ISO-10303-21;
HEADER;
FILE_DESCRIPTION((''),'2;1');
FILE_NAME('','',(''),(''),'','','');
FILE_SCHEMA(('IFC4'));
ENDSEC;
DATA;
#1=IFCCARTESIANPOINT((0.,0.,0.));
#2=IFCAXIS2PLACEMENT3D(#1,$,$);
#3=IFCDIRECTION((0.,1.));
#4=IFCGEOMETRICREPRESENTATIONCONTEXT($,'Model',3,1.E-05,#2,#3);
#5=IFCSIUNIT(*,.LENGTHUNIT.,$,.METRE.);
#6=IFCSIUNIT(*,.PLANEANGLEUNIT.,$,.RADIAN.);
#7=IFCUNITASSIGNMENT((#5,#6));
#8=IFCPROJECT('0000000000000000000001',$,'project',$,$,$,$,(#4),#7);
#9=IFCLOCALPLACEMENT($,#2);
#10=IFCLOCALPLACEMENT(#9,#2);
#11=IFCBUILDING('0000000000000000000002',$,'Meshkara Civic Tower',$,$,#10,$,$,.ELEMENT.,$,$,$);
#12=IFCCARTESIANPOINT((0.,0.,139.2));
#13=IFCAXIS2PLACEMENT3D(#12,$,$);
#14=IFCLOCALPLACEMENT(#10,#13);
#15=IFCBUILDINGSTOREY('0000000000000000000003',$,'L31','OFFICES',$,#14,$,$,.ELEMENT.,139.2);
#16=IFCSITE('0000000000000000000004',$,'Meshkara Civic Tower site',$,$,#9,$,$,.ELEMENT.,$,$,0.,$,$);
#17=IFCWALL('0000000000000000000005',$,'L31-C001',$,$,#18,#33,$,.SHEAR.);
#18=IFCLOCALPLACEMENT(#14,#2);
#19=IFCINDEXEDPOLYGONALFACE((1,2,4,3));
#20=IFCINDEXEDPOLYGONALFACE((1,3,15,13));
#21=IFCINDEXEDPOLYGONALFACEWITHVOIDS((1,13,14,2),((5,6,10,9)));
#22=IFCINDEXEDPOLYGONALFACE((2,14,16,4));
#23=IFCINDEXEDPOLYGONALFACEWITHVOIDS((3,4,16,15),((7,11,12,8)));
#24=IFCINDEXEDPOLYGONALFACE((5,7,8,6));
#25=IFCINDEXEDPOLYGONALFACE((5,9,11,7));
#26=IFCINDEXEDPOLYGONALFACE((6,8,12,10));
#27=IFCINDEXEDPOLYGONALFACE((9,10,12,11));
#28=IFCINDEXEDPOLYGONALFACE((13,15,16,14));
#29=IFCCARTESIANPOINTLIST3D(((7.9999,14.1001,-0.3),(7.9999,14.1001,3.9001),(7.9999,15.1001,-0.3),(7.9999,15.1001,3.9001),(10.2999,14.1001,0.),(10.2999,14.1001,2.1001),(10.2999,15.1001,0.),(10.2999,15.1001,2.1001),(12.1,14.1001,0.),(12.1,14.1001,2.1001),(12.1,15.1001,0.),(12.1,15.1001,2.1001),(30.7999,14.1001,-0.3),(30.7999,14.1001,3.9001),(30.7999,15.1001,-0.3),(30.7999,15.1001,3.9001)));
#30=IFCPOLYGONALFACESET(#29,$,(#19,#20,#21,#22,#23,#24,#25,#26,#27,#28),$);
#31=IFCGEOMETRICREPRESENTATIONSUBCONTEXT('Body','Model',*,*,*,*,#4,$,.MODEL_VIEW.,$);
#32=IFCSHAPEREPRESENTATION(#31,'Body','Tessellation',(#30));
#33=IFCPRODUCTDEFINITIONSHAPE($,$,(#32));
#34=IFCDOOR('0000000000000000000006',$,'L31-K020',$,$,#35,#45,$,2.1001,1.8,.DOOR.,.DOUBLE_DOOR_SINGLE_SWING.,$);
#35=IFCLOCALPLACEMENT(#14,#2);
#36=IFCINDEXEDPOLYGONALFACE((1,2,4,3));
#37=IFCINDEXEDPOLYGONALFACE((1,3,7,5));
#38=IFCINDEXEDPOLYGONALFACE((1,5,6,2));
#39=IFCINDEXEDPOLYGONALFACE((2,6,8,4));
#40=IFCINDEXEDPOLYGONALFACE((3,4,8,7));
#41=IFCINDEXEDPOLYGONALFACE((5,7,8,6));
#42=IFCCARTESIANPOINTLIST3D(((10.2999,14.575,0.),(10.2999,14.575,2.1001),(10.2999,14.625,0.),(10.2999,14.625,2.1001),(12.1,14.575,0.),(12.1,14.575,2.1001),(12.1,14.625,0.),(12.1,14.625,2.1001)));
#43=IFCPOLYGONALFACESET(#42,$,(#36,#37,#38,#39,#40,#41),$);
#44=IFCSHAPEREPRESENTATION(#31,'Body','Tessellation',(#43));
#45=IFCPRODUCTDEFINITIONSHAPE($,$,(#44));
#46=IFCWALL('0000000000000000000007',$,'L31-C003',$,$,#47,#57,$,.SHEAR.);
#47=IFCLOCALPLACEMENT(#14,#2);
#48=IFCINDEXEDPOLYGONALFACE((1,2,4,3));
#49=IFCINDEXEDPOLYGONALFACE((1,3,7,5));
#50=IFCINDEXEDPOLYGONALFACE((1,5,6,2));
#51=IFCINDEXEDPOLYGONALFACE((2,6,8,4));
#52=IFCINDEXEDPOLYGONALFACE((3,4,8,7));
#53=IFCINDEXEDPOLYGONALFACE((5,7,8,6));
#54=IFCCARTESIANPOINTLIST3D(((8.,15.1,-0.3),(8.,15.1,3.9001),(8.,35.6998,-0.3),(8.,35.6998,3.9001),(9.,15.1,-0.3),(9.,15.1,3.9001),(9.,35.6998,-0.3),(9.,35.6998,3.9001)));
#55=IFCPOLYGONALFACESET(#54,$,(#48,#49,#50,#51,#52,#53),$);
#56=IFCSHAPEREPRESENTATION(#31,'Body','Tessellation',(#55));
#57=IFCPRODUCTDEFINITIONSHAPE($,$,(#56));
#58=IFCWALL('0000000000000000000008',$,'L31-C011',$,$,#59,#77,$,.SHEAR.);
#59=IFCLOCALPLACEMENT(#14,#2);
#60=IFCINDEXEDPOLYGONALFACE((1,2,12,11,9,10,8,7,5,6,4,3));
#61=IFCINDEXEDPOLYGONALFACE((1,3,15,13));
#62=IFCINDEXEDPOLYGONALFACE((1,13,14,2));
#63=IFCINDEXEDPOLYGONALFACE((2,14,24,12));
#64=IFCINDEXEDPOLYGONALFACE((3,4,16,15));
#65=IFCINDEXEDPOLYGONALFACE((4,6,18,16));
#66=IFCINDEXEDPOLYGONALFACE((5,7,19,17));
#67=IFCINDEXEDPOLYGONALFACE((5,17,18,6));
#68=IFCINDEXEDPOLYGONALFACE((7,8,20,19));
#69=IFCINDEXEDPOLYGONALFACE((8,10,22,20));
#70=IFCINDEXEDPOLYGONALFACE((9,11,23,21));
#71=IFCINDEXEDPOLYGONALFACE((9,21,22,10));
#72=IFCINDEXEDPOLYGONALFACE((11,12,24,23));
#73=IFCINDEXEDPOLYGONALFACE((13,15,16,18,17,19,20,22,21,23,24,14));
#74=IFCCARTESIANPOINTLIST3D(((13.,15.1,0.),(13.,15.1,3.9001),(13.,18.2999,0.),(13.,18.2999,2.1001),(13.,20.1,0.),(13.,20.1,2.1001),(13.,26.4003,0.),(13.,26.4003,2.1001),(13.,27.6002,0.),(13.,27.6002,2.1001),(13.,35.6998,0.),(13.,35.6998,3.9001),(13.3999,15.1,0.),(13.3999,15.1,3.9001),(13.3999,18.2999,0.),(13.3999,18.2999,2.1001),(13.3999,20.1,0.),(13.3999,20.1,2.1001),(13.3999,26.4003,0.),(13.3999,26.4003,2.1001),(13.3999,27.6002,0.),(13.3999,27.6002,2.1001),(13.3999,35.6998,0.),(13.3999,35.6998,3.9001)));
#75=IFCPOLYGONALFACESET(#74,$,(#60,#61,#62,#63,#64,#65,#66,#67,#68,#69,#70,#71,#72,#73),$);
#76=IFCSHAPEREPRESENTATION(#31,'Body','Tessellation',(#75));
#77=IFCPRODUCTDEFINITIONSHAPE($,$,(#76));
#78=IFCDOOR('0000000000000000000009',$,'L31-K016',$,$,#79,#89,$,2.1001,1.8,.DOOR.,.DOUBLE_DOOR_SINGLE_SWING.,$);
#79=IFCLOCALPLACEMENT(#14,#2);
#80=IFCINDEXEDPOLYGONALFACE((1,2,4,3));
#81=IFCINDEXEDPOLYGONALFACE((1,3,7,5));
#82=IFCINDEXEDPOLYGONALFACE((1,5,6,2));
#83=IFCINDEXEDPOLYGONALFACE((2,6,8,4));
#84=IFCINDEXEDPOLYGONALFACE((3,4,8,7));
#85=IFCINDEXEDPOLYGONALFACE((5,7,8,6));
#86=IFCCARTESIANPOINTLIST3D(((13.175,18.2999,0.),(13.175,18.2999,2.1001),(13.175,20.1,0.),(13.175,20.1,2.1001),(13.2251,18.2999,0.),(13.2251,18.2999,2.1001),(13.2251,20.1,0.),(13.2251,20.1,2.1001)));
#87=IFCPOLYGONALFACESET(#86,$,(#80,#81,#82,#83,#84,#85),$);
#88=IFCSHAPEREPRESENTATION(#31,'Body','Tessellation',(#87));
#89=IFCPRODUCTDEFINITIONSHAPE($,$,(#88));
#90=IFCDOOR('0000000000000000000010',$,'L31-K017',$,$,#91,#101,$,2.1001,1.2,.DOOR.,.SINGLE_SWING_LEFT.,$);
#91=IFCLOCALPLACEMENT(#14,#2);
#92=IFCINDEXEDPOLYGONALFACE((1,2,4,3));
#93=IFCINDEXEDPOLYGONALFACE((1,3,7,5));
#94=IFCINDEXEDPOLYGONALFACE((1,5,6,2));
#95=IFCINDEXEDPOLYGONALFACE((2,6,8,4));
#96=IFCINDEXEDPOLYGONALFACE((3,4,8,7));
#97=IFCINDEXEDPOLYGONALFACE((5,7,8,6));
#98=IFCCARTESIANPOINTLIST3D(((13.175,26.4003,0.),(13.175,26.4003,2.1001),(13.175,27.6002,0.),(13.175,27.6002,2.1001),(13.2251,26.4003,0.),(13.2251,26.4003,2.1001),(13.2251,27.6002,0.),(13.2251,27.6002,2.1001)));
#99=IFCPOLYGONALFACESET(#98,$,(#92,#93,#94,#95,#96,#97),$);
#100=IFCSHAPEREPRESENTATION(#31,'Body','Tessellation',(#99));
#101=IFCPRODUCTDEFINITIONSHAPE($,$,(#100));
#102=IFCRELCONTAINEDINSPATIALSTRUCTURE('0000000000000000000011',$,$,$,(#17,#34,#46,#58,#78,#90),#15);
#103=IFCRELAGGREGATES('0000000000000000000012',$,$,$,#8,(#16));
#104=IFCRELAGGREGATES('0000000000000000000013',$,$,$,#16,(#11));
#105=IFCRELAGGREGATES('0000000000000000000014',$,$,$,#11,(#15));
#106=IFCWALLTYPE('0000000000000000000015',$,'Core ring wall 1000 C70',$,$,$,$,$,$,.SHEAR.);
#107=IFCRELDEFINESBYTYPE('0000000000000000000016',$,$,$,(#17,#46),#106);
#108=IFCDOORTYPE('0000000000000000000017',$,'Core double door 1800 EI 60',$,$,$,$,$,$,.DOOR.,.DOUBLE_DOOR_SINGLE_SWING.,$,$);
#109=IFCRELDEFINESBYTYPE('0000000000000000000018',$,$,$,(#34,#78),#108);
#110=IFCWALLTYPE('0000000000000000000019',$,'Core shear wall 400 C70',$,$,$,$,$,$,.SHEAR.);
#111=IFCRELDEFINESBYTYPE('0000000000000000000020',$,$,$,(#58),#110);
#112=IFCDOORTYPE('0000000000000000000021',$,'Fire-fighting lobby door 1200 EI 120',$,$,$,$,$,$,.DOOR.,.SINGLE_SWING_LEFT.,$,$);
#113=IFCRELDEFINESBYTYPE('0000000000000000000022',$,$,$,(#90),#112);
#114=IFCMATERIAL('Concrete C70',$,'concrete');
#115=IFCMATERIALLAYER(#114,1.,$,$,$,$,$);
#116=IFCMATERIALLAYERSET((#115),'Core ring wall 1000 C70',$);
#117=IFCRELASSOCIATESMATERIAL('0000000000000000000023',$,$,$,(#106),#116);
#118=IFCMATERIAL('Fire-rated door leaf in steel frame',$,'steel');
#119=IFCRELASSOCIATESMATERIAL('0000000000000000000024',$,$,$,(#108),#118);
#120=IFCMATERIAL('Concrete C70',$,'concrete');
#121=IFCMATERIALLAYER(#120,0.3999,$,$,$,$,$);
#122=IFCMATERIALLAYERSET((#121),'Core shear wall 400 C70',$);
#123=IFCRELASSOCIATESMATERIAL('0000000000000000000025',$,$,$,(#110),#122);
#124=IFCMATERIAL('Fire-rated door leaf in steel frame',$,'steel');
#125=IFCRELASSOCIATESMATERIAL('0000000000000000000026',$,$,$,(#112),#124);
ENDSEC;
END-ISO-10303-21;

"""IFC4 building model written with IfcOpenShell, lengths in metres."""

from ifc_helpers import new_model, si_unit, direction, frame, frame_2d, origin, place, context, subcontext, project, spatial, rectangle, extrude, material, layer, layer_set, type_object, element, fill, save


model = new_model("IFC4")

# Units and contexts
model_context = context("Model", 3, precision=1e-05, world=origin(), true_north=direction((0.0, 1.0)))
body_context = subcontext(model_context, "Body", "Model", "MODEL_VIEW")
ifc_project = project(units=[si_unit("LENGTHUNIT", "METRE"), si_unit("PLANEANGLEUNIT", "RADIAN")], contexts=[model_context])

# Site, building, storey
site_placement = place(None, origin())
site = spatial("IfcSite", under=ifc_project, at=site_placement, Name="Meshkara Civic Tower site", CompositionType="ELEMENT", RefElevation=0.0)
building_placement = place(site_placement, origin())
building = spatial("IfcBuilding", under=site, at=building_placement, Name="Meshkara Civic Tower", CompositionType="ELEMENT")
storey_placement = place(building_placement, frame((0.0, 0.0, 139.2)))
storey = spatial("IfcBuildingStorey", under=building, at=storey_placement, Name="L31", Description="OFFICES", CompositionType="ELEMENT", Elevation=139.2)

# Wall, opening, door
ifc_material_1 = material(Name="Concrete C70", Category="concrete")
ifc_layer_1 = layer(ifc_material_1, 1.0)
ifc_layer_set_1 = layer_set([ifc_layer_1], Name="Core ring wall 1000 C70")
wall_type_1 = type_object("IfcWallType", Name="Core ring wall 1000 C70", PredefinedType="SHEAR", material=ifc_layer_set_1)
wall_1_placement = place(storey_placement, frame((8.0, 14.6001, -0.3), z_axis=(0.0, 0.0, 1.0), x_axis=(1.0, 0.0, 0.0)))
wall_1 = element("IfcWall", 1, at=wall_1_placement, inside=storey, type_object=wall_type_1, Name="L31-C001", PredefinedType="SHEAR", context=body_context, shape_type="SweptSolid", body=[
    extrude(rectangle(XDim=22.8, YDim=1.0, at=frame_2d((11.3999, 0.0))), origin(), (0.0, 0.0, 1.0), 4.2002),
])
opening_1_placement = place(wall_1_placement, frame((2.3, 0.0, 0.3)))
opening_1 = element("IfcOpeningElement", 2, at=opening_1_placement, cuts=wall_1, PredefinedType="OPENING", context=body_context, shape_type="SweptSolid", body=[
    extrude(rectangle(XDim=1.8, YDim=2.1001, at=frame_2d((0.8999, 1.05))), frame((0.0, 0.51, 0.0), z_axis=(0.0, -1.0, 0.0), x_axis=(1.0, 0.0, 0.0)), (0.0, 0.0, 1.0), 1.02),
])
ifc_material_2 = material(Name="Fire-rated door leaf in steel frame", Category="steel")
door_type_1 = type_object("IfcDoorType", Name="Core double door 1800 EI 60", OperationType="DOUBLE_DOOR_SINGLE_SWING", PredefinedType="DOOR", material=ifc_material_2)
door_1_placement = place(opening_1_placement, origin())
door_1 = element("IfcDoor", 3, at=door_1_placement, inside=storey, type_object=door_type_1, Name="L31-K020", OperationType="DOUBLE_DOOR_SINGLE_SWING", OverallHeight=2.1001, OverallWidth=1.8, PredefinedType="DOOR", context=body_context, shape_type="SweptSolid", body=[
    extrude(rectangle(XDim=1.8, YDim=2.1001, at=frame_2d((0.8999, 1.05))), frame((0.0, 0.0249, 0.0), z_axis=(0.0, -1.0, 0.0), x_axis=(1.0, 0.0, 0.0)), (0.0, 0.0, 1.0), 0.05),
])
fill(opening_1, door_1)

# Wall
wall_2_placement = place(storey_placement, frame((8.5, 15.1001, -0.3), z_axis=(0.0, 0.0, 1.0), x_axis=(0.0, 1.0, 0.0)))
element("IfcWall", 4, at=wall_2_placement, inside=storey, type_object=wall_type_1, Name="L31-C003", PredefinedType="SHEAR", context=body_context, shape_type="SweptSolid", body=[
    extrude(rectangle(XDim=20.5999, YDim=1.0, at=frame_2d((10.2998, 0.0))), origin(), (0.0, 0.0, 1.0), 4.2002),
])

# Wall, openings, doors
ifc_material_3 = material(Name="Concrete C70", Category="concrete")
ifc_layer_2 = layer(ifc_material_3, 0.3999)
ifc_layer_set_2 = layer_set([ifc_layer_2], Name="Core shear wall 400 C70")
wall_type_2 = type_object("IfcWallType", Name="Core shear wall 400 C70", PredefinedType="SHEAR", material=ifc_layer_set_2)
wall_3_placement = place(storey_placement, frame((13.2, 15.1001, 0.0), z_axis=(0.0, 0.0, 1.0), x_axis=(0.0, 1.0, 0.0)))
wall_3 = element("IfcWall", 5, at=wall_3_placement, inside=storey, type_object=wall_type_2, Name="L31-C011", PredefinedType="SHEAR", context=body_context, shape_type="SweptSolid", body=[
    extrude(rectangle(XDim=20.5999, YDim=0.3999, at=frame_2d((10.2998, 0.0))), origin(), (0.0, 0.0, 1.0), 3.9001),
])
opening_2_placement = place(wall_3_placement, frame((3.2, 0.0, 0.0)))
opening_2 = element("IfcOpeningElement", 6, at=opening_2_placement, cuts=wall_3, PredefinedType="OPENING", context=body_context, shape_type="SweptSolid", body=[
    extrude(rectangle(XDim=1.8, YDim=2.1001, at=frame_2d((0.8999, 1.05))), frame((0.0, 0.21, 0.0), z_axis=(0.0, -1.0, 0.0), x_axis=(1.0, 0.0, 0.0)), (0.0, 0.0, 1.0), 0.4199),
])
opening_3_placement = place(wall_3_placement, frame((11.3, 0.0, 0.0)))
opening_3 = element("IfcOpeningElement", 7, at=opening_3_placement, cuts=wall_3, PredefinedType="OPENING", context=body_context, shape_type="SweptSolid", body=[
    extrude(rectangle(XDim=1.2, YDim=2.1001, at=frame_2d((0.6001, 1.05))), frame((0.0, 0.21, 0.0), z_axis=(0.0, -1.0, 0.0), x_axis=(1.0, 0.0, 0.0)), (0.0, 0.0, 1.0), 0.4199),
])
door_2_placement = place(opening_2_placement, origin())
door_2 = element("IfcDoor", 8, at=door_2_placement, inside=storey, type_object=door_type_1, Name="L31-K016", OperationType="DOUBLE_DOOR_SINGLE_SWING", OverallHeight=2.1001, OverallWidth=1.8, PredefinedType="DOOR", context=body_context, shape_type="SweptSolid", body=[
    extrude(rectangle(XDim=1.8, YDim=2.1001, at=frame_2d((0.8999, 1.05))), frame((0.0, 0.0249, 0.0), z_axis=(0.0, -1.0, 0.0), x_axis=(1.0, 0.0, 0.0)), (0.0, 0.0, 1.0), 0.05),
])
fill(opening_2, door_2)
ifc_material_4 = material(Name="Fire-rated door leaf in steel frame", Category="steel")
door_type_2 = type_object("IfcDoorType", Name="Fire-fighting lobby door 1200 EI 120", OperationType="SINGLE_SWING_LEFT", PredefinedType="DOOR", material=ifc_material_4)
door_3_placement = place(opening_3_placement, origin())
door_3 = element("IfcDoor", 9, at=door_3_placement, inside=storey, type_object=door_type_2, Name="L31-K017", OperationType="SINGLE_SWING_LEFT", OverallHeight=2.1001, OverallWidth=1.2, PredefinedType="DOOR", context=body_context, shape_type="SweptSolid", body=[
    extrude(rectangle(XDim=1.2, YDim=2.1001, at=frame_2d((0.6001, 1.05))), frame((0.0, 0.0249, 0.0), z_axis=(0.0, -1.0, 0.0), x_axis=(1.0, 0.0, 0.0)), (0.0, 0.0, 1.0), 0.05),
])
fill(opening_3, door_3)

save(model, "model.ifc")
